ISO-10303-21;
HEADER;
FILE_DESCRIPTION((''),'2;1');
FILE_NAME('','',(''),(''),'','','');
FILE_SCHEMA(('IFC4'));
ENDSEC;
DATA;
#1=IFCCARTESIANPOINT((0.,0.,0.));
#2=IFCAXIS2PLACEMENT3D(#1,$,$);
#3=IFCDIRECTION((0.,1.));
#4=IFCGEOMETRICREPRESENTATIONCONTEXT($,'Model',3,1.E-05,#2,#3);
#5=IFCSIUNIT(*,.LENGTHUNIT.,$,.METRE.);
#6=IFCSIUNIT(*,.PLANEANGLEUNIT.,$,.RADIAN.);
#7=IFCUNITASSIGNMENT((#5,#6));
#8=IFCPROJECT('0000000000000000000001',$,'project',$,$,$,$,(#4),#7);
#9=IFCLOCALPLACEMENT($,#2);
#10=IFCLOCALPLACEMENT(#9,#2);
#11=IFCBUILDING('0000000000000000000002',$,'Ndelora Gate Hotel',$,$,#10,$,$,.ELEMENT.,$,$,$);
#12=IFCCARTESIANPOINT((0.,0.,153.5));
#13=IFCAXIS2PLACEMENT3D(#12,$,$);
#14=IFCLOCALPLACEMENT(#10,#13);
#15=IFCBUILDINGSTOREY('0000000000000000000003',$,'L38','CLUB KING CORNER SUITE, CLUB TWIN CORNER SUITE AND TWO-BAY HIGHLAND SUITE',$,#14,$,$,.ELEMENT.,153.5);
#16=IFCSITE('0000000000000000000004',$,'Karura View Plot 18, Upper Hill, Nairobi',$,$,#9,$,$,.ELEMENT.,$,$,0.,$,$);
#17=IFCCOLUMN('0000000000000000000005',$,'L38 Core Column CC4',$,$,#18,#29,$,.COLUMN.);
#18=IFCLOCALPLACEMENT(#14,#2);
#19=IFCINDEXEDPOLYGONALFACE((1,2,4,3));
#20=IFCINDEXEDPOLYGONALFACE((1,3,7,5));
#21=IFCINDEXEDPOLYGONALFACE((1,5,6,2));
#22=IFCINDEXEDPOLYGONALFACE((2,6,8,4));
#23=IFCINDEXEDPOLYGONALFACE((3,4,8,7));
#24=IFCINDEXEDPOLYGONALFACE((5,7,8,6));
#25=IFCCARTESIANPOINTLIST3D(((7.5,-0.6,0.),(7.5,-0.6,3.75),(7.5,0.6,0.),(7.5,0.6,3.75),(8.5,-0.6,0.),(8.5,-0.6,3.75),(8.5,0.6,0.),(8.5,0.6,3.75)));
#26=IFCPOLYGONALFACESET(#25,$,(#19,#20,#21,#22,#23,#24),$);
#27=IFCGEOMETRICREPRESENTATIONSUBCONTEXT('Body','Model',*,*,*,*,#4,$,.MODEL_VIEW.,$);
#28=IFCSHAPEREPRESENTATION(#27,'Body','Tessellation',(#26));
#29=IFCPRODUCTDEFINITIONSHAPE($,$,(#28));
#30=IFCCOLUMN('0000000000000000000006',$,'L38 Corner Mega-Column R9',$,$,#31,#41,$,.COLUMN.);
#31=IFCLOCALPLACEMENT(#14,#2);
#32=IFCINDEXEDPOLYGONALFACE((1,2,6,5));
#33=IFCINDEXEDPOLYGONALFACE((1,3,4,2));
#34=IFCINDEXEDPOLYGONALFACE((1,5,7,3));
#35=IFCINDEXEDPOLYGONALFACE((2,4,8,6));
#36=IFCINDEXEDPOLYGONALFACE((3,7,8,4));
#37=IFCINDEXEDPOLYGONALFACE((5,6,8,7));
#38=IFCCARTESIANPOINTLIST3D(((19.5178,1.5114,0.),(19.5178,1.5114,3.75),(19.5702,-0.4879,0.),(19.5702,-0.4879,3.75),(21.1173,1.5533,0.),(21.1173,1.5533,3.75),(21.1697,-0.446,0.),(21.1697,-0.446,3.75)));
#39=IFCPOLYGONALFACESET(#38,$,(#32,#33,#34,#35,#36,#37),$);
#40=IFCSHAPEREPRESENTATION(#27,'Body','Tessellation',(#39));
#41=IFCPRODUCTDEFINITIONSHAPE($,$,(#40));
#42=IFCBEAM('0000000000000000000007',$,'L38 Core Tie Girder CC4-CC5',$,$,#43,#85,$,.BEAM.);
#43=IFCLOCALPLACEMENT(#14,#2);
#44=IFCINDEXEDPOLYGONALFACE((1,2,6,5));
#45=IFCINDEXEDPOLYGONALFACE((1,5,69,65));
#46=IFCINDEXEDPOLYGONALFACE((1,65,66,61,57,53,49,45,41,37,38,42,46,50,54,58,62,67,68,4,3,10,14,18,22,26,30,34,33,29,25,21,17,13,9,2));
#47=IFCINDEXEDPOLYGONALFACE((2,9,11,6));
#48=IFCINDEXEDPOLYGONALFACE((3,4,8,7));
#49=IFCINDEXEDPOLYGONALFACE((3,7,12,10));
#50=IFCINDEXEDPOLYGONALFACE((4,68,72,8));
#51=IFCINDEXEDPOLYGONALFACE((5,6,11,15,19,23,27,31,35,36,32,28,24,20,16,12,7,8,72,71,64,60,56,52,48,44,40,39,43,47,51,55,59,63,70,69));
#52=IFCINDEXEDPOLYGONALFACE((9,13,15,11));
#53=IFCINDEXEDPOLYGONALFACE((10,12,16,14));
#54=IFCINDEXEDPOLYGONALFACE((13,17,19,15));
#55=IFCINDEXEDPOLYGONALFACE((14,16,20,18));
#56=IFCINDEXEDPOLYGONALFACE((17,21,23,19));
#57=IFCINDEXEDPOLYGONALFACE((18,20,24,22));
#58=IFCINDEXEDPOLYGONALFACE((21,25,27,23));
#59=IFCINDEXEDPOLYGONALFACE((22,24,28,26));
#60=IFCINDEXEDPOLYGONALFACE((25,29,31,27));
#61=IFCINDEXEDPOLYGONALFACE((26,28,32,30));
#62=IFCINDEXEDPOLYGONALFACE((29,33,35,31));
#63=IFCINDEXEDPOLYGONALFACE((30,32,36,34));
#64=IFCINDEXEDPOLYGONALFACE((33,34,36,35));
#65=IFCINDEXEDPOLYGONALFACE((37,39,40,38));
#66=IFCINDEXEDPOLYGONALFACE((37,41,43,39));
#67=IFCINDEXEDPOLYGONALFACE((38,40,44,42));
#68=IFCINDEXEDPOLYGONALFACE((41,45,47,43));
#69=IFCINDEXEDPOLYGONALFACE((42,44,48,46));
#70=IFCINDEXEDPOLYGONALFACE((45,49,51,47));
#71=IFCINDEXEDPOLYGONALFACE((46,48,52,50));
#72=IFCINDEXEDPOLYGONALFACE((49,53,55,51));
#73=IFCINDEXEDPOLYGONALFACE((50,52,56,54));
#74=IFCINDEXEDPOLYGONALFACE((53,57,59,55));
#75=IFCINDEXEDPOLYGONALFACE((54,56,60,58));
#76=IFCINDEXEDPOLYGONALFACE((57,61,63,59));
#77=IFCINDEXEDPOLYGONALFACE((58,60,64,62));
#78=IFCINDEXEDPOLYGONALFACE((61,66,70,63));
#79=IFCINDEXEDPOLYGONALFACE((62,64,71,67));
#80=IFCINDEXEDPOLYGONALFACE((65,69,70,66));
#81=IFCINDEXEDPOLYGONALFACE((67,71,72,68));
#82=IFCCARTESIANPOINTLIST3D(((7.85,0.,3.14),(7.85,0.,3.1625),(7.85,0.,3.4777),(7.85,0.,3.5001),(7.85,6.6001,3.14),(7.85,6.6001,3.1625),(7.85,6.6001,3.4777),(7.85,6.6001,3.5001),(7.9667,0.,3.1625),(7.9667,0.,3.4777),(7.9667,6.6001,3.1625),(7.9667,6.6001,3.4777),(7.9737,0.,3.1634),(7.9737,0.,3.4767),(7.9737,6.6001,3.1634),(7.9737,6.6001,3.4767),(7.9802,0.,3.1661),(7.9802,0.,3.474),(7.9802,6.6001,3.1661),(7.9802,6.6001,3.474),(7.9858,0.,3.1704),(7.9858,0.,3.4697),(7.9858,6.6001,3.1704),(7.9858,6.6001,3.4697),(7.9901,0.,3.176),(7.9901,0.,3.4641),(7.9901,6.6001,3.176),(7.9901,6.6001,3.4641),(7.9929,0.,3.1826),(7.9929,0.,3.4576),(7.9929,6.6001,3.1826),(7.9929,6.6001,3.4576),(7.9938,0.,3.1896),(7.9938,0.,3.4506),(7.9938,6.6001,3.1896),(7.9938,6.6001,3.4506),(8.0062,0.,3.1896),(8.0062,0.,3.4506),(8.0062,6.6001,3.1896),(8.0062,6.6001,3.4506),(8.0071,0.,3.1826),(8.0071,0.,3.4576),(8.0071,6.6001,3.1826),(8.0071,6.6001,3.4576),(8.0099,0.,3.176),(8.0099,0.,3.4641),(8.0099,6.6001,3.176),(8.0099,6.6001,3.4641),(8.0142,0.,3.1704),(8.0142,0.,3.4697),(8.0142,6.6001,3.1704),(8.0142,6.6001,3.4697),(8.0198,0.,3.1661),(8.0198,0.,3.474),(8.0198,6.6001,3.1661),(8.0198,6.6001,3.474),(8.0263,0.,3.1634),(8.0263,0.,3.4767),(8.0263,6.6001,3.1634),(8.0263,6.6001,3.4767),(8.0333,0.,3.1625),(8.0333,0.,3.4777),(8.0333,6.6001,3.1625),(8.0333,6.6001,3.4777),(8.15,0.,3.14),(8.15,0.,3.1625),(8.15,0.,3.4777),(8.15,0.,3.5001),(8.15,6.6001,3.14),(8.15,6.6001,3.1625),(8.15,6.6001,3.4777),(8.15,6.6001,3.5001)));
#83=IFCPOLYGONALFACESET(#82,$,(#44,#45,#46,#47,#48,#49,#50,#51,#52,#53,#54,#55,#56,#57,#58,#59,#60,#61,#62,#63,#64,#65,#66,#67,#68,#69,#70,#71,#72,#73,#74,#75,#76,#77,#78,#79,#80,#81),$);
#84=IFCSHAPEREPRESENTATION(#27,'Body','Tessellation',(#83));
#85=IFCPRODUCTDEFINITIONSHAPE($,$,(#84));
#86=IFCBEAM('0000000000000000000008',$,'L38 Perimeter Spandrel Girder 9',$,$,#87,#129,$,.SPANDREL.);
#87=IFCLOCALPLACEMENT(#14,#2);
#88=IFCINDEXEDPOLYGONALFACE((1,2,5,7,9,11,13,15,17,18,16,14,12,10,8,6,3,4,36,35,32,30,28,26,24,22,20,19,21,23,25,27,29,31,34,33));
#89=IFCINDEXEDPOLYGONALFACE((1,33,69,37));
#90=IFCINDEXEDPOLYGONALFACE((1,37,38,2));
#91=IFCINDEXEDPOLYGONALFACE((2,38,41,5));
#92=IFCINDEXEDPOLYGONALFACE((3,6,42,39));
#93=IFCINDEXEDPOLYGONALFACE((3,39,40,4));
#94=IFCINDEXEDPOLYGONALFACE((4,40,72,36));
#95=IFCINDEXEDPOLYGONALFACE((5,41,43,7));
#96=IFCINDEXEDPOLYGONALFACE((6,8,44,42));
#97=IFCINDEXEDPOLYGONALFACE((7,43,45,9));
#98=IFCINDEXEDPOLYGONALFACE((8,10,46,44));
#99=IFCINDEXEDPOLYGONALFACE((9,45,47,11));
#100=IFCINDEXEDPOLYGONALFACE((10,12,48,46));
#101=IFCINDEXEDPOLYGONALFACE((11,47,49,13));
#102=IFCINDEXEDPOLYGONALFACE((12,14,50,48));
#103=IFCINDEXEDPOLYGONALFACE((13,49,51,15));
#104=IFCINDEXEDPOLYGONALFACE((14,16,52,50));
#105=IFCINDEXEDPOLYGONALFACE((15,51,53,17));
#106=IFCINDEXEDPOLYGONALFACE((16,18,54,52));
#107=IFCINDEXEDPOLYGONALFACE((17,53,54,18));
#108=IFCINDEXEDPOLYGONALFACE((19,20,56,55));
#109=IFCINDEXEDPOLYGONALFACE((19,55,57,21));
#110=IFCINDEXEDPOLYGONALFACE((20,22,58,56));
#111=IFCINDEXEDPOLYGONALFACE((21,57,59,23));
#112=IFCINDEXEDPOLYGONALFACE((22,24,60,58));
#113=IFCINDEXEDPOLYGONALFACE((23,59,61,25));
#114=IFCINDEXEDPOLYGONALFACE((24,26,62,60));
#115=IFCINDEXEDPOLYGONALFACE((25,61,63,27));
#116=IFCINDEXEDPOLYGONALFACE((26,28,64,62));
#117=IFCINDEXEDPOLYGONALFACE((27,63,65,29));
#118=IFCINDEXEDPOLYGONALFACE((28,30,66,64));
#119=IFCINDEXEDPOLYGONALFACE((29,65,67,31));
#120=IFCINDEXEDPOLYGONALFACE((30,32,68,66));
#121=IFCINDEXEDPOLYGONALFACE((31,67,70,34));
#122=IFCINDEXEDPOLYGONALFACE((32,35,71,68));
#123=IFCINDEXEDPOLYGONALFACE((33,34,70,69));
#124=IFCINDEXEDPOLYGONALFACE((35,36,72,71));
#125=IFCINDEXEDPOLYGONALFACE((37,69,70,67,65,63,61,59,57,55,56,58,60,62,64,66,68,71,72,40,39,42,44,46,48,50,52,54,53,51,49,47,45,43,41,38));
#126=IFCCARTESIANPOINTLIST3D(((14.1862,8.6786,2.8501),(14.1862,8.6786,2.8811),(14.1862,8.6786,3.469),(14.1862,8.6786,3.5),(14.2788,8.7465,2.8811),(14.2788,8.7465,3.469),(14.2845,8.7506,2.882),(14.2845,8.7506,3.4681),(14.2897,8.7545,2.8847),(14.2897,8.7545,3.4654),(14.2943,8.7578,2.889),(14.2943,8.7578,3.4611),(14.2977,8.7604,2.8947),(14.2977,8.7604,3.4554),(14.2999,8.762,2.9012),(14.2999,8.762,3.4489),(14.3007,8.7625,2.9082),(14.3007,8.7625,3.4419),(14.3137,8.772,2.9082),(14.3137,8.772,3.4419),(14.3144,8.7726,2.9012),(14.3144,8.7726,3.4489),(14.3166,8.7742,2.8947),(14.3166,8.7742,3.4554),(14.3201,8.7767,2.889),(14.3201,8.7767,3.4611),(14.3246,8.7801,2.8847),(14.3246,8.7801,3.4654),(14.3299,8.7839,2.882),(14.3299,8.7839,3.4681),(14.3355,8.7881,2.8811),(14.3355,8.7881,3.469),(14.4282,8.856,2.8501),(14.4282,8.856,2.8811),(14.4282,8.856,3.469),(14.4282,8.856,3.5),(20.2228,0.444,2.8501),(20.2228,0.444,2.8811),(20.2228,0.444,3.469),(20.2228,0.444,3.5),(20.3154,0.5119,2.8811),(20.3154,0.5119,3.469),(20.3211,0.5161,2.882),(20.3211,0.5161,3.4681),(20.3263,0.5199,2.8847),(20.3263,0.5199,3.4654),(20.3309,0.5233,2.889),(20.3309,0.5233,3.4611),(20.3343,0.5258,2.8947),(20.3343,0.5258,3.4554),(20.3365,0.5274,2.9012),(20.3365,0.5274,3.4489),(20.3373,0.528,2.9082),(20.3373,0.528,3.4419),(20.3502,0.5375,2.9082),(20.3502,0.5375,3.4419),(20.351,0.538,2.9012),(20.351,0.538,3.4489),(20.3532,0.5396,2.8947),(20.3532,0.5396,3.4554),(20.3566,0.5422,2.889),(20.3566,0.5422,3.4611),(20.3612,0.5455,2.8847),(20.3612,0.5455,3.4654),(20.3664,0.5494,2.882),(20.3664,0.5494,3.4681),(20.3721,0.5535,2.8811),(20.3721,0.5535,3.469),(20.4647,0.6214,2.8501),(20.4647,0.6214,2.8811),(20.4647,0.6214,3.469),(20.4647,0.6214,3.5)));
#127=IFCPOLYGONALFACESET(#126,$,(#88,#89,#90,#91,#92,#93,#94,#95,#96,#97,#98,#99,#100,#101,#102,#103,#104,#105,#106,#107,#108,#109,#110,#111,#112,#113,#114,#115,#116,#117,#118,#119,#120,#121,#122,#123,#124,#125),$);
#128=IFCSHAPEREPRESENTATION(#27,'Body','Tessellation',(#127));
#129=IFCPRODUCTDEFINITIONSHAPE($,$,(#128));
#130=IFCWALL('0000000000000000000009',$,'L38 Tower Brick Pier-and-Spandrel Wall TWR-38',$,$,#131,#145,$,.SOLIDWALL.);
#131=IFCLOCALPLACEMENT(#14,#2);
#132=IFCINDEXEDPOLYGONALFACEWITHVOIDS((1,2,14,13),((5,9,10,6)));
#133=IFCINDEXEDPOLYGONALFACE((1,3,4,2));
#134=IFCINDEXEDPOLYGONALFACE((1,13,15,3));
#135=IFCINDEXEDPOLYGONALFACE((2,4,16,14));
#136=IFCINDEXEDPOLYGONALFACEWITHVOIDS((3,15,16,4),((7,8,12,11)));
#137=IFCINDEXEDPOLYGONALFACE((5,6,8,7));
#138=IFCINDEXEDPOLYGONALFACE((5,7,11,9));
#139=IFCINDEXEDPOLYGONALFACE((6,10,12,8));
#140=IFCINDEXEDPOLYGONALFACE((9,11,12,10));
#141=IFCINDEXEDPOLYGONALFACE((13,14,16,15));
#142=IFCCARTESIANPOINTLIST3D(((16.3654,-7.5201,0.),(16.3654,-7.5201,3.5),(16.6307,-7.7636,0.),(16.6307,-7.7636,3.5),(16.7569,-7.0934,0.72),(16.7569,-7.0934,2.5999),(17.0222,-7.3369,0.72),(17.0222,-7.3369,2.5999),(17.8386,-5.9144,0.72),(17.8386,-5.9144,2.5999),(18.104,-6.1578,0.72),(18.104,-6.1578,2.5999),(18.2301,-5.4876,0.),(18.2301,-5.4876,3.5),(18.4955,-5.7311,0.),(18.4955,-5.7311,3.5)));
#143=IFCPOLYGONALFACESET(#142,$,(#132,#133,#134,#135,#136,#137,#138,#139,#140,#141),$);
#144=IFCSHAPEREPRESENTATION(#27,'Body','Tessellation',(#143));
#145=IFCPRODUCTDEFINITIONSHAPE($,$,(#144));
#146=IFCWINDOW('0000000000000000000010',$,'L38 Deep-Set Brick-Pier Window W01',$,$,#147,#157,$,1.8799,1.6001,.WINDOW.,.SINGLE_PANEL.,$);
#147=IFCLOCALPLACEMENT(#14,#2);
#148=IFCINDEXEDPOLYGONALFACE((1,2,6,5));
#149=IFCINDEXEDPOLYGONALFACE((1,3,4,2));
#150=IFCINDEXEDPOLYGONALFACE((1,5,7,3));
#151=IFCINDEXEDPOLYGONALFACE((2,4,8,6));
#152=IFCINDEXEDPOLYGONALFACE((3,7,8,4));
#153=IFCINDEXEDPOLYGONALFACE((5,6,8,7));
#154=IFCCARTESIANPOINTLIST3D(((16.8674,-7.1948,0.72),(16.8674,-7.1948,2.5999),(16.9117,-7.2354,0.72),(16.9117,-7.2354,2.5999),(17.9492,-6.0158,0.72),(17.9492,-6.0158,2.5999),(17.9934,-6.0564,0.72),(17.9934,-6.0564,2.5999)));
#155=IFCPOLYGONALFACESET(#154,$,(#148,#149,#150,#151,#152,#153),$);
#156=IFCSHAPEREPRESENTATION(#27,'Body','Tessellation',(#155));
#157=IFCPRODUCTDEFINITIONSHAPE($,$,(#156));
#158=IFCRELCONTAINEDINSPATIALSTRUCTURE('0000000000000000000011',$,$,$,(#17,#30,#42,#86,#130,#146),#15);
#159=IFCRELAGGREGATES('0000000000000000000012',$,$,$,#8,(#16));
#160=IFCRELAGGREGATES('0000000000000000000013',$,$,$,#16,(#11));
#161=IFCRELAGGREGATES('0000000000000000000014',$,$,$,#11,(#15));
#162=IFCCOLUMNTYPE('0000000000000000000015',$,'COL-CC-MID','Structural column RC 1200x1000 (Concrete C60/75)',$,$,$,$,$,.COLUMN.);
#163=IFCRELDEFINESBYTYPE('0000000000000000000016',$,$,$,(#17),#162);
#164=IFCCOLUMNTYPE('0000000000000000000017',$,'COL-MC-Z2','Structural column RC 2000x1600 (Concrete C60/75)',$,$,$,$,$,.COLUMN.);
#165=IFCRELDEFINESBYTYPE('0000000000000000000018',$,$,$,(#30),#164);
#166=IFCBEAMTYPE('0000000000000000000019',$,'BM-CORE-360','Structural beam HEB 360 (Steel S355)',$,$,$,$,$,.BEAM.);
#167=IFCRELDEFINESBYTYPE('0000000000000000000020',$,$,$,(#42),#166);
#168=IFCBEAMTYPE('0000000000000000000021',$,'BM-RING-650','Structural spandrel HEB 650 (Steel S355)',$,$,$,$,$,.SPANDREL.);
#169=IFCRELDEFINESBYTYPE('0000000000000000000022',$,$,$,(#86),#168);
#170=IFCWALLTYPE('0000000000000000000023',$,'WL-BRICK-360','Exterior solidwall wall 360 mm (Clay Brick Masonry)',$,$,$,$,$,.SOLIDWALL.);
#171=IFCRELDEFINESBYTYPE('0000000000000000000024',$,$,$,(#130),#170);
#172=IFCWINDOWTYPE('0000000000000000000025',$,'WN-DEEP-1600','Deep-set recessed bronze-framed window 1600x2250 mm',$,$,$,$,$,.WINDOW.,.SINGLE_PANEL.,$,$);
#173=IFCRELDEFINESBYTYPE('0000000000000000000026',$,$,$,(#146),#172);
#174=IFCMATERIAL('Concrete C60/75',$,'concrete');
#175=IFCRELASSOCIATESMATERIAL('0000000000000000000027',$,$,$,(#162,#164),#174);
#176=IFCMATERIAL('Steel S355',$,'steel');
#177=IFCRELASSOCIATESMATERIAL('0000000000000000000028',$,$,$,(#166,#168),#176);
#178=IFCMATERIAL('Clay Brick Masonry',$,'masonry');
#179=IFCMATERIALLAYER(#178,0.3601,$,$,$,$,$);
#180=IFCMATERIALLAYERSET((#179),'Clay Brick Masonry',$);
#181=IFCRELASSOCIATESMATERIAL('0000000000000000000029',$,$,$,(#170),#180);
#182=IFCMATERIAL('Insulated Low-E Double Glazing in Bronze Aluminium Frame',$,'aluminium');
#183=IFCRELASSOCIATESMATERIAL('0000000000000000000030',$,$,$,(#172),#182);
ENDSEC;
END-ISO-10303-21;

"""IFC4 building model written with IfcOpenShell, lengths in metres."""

from ifc_helpers import new_model, si_unit, direction, frame, frame_2d, origin, origin_2d, place, context, subcontext, project, spatial, rectangle, i_section, extrude, material, layer, layer_set, material_profile, profile_set, type_object, element, fill, save


model = new_model("IFC4")

# Units and contexts
model_context = context("Model", 3, precision=1e-05, world=origin(), true_north=direction((0.0, 1.0)))
body_context = subcontext(model_context, "Body", "Model", "MODEL_VIEW")
ifc_project = project(units=[si_unit("LENGTHUNIT", "METRE"), si_unit("PLANEANGLEUNIT", "RADIAN")], contexts=[model_context])

# Site, building, storey
site_placement = place(None, origin())
site = spatial("IfcSite", under=ifc_project, at=site_placement, Name="Karura View Plot 18, Upper Hill, Nairobi", CompositionType="ELEMENT", RefElevation=0.0)
building_placement = place(site_placement, origin())
building = spatial("IfcBuilding", under=site, at=building_placement, Name="Ndelora Gate Hotel", CompositionType="ELEMENT")
storey_placement = place(building_placement, frame((0.0, 0.0, 153.5)))
storey = spatial("IfcBuildingStorey", under=building, at=storey_placement, Name="L38", Description="CLUB KING CORNER SUITE, CLUB TWIN CORNER SUITE AND TWO-BAY HIGHLAND SUITE", CompositionType="ELEMENT", Elevation=153.5)

# Columns
ifc_material_1 = material(Name="Concrete C60/75", Category="concrete")
ifc_material_profile_1 = material_profile(ifc_material_1, rectangle(XDim=1.0, YDim=1.2, at=origin_2d()), Name="RC 1200x1000")
ifc_profile_set_1 = profile_set([ifc_material_profile_1], Name="Concrete C60/75")
column_type_1 = type_object("IfcColumnType", Name="COL-CC-MID", Description="Structural column RC 1200x1000 (Concrete C60/75)", PredefinedType="COLUMN", material=ifc_profile_set_1)
column_1_placement = place(storey_placement, frame((8.0, 0.0, 0.0), z_axis=(0.0, 0.0, 1.0), x_axis=(1.0, 0.0, 0.0)))
element("IfcColumn", 1, at=column_1_placement, inside=storey, type_object=column_type_1, Name="L38 Core Column CC4", PredefinedType="COLUMN", context=body_context, shape_type="SweptSolid", body=[
    extrude(rectangle(XDim=1.0, YDim=1.2, at=origin_2d()), origin(), (0.0, 0.0, 1.0), 3.75),
])
ifc_material_profile_2 = material_profile(ifc_material_1, rectangle(XDim=1.6001, YDim=2.0, at=origin_2d()), Name="RC 2000x1600")
ifc_profile_set_2 = profile_set([ifc_material_profile_2], Name="Concrete C60/75")
column_type_2 = type_object("IfcColumnType", Name="COL-MC-Z2", Description="Structural column RC 2000x1600 (Concrete C60/75)", PredefinedType="COLUMN", material=ifc_profile_set_2)
column_2_placement = place(storey_placement, frame((20.3438, 0.5327, 0.0), z_axis=(0.0, 0.0, 1.0), x_axis=(0.999657, 0.026177, 0.0)))
element("IfcColumn", 2, at=column_2_placement, inside=storey, type_object=column_type_2, Name="L38 Corner Mega-Column R9", PredefinedType="COLUMN", context=body_context, shape_type="SweptSolid", body=[
    extrude(rectangle(XDim=1.6001, YDim=2.0, at=origin_2d()), origin(), (0.0, 0.0, 1.0), 3.75),
])

# Beams
ifc_material_2 = material(Name="Steel S355", Category="steel")
ifc_material_profile_3 = material_profile(ifc_material_2, i_section(OverallWidth=0.3, OverallDepth=0.3601, WebThickness=0.0125, FlangeThickness=0.0225, FilletRadius=0.0271, at=origin_2d()), Name="HEB 360")
ifc_profile_set_3 = profile_set([ifc_material_profile_3], Name="Steel S355")
beam_type_1 = type_object("IfcBeamType", Name="BM-CORE-360", Description="Structural beam HEB 360 (Steel S355)", PredefinedType="BEAM", material=ifc_profile_set_3)
beam_1_placement = place(storey_placement, frame((8.0, 0.0, 3.3201), z_axis=(0.0, 1.0, 0.0), x_axis=(-1.0, 0.0, 0.0)))
element("IfcBeam", 3, at=beam_1_placement, inside=storey, type_object=beam_type_1, Name="L38 Core Tie Girder CC4-CC5", PredefinedType="BEAM", context=body_context, shape_type="SweptSolid", body=[
    extrude(i_section(OverallWidth=0.3, OverallDepth=0.3601, WebThickness=0.0125, FlangeThickness=0.0225, FilletRadius=0.0271, at=origin_2d()), origin(), (0.0, 0.0, 1.0), 6.6001),
])
ifc_material_profile_4 = material_profile(ifc_material_2, i_section(OverallWidth=0.3, OverallDepth=0.6499, WebThickness=0.0161, FlangeThickness=0.031, FilletRadius=0.0271, at=origin_2d()), Name="HEB 650")
ifc_profile_set_4 = profile_set([ifc_material_profile_4], Name="Steel S355")
beam_type_2 = type_object("IfcBeamType", Name="BM-RING-650", Description="Structural spandrel HEB 650 (Steel S355)", PredefinedType="SPANDREL", material=ifc_profile_set_4)
beam_2_placement = place(storey_placement, frame((20.3438, 0.5327, 3.175), z_axis=(-0.59123, 0.806503, 0.0), x_axis=(-0.806503, -0.59123, 0.0)))
element("IfcBeam", 4, at=beam_2_placement, inside=storey, type_object=beam_type_2, Name="L38 Perimeter Spandrel Girder 9", PredefinedType="SPANDREL", context=body_context, shape_type="SweptSolid", body=[
    extrude(i_section(OverallWidth=0.3, OverallDepth=0.6499, WebThickness=0.0161, FlangeThickness=0.031, FilletRadius=0.0271, at=origin_2d()), origin(), (0.0, 0.0, 1.0), 10.2102),
])

# Wall, opening, window
ifc_material_3 = material(Name="Clay Brick Masonry", Category="masonry")
ifc_layer_1 = layer(ifc_material_3, 0.3601)
ifc_layer_set_1 = layer_set([ifc_layer_1], Name="Clay Brick Masonry")
wall_type_1 = type_object("IfcWallType", Name="WL-BRICK-360", Description="Exterior solidwall wall 360 mm (Clay Brick Masonry)", PredefinedType="SOLIDWALL", material=ifc_layer_set_1)
wall_1_placement = place(storey_placement, frame((18.3628, -5.6094, 0.0), z_axis=(0.0, 0.0, 1.0), x_axis=(-0.676049, -0.736856, 0.0)))
wall_1 = element("IfcWall", 5, at=wall_1_placement, inside=storey, type_object=wall_type_1, Name="L38 Tower Brick Pier-and-Spandrel Wall TWR-38", PredefinedType="SOLIDWALL", context=body_context, shape_type="SweptSolid", body=[
    extrude(rectangle(XDim=2.7583, YDim=0.3601, at=frame_2d((1.3792, 0.0))), origin(), (0.0, 0.0, 1.0), 3.5),
])
opening_1_placement = place(wall_1_placement, frame((0.5791, 0.0, 0.72)))
opening_1 = element("IfcOpeningElement", 6, at=opening_1_placement, cuts=wall_1, PredefinedType="OPENING", context=body_context, shape_type="SweptSolid", body=[
    extrude(rectangle(XDim=1.6001, YDim=1.8799, at=frame_2d((0.8, 0.9399))), frame((0.0, 0.1899, 0.0), z_axis=(0.0, -1.0, 0.0), x_axis=(1.0, 0.0, 0.0)), (0.0, 0.0, 1.0), 0.3801),
])
ifc_material_4 = material(Name="Insulated Low-E Double Glazing in Bronze Aluminium Frame", Category="aluminium")
window_type = type_object("IfcWindowType", Name="WN-DEEP-1600", Description="Deep-set recessed bronze-framed window 1600x2250 mm", PartitioningType="SINGLE_PANEL", PredefinedType="WINDOW", material=ifc_material_4)
window_1_placement = place(opening_1_placement, origin())
window_1 = element("IfcWindow", 7, at=window_1_placement, inside=storey, type_object=window_type, Name="L38 Deep-Set Brick-Pier Window W01", OverallHeight=1.8799, OverallWidth=1.6001, PartitioningType="SINGLE_PANEL", PredefinedType="WINDOW", context=body_context, shape_type="SweptSolid", body=[
    extrude(rectangle(XDim=1.6001, YDim=1.8799, at=frame_2d((0.8, 0.9399))), frame((0.0, 0.03, 0.0), z_axis=(0.0, -1.0, 0.0), x_axis=(1.0, 0.0, 0.0)), (0.0, 0.0, 1.0), 0.0601),
])
fill(opening_1, window_1)

save(model, "model.ifc")
